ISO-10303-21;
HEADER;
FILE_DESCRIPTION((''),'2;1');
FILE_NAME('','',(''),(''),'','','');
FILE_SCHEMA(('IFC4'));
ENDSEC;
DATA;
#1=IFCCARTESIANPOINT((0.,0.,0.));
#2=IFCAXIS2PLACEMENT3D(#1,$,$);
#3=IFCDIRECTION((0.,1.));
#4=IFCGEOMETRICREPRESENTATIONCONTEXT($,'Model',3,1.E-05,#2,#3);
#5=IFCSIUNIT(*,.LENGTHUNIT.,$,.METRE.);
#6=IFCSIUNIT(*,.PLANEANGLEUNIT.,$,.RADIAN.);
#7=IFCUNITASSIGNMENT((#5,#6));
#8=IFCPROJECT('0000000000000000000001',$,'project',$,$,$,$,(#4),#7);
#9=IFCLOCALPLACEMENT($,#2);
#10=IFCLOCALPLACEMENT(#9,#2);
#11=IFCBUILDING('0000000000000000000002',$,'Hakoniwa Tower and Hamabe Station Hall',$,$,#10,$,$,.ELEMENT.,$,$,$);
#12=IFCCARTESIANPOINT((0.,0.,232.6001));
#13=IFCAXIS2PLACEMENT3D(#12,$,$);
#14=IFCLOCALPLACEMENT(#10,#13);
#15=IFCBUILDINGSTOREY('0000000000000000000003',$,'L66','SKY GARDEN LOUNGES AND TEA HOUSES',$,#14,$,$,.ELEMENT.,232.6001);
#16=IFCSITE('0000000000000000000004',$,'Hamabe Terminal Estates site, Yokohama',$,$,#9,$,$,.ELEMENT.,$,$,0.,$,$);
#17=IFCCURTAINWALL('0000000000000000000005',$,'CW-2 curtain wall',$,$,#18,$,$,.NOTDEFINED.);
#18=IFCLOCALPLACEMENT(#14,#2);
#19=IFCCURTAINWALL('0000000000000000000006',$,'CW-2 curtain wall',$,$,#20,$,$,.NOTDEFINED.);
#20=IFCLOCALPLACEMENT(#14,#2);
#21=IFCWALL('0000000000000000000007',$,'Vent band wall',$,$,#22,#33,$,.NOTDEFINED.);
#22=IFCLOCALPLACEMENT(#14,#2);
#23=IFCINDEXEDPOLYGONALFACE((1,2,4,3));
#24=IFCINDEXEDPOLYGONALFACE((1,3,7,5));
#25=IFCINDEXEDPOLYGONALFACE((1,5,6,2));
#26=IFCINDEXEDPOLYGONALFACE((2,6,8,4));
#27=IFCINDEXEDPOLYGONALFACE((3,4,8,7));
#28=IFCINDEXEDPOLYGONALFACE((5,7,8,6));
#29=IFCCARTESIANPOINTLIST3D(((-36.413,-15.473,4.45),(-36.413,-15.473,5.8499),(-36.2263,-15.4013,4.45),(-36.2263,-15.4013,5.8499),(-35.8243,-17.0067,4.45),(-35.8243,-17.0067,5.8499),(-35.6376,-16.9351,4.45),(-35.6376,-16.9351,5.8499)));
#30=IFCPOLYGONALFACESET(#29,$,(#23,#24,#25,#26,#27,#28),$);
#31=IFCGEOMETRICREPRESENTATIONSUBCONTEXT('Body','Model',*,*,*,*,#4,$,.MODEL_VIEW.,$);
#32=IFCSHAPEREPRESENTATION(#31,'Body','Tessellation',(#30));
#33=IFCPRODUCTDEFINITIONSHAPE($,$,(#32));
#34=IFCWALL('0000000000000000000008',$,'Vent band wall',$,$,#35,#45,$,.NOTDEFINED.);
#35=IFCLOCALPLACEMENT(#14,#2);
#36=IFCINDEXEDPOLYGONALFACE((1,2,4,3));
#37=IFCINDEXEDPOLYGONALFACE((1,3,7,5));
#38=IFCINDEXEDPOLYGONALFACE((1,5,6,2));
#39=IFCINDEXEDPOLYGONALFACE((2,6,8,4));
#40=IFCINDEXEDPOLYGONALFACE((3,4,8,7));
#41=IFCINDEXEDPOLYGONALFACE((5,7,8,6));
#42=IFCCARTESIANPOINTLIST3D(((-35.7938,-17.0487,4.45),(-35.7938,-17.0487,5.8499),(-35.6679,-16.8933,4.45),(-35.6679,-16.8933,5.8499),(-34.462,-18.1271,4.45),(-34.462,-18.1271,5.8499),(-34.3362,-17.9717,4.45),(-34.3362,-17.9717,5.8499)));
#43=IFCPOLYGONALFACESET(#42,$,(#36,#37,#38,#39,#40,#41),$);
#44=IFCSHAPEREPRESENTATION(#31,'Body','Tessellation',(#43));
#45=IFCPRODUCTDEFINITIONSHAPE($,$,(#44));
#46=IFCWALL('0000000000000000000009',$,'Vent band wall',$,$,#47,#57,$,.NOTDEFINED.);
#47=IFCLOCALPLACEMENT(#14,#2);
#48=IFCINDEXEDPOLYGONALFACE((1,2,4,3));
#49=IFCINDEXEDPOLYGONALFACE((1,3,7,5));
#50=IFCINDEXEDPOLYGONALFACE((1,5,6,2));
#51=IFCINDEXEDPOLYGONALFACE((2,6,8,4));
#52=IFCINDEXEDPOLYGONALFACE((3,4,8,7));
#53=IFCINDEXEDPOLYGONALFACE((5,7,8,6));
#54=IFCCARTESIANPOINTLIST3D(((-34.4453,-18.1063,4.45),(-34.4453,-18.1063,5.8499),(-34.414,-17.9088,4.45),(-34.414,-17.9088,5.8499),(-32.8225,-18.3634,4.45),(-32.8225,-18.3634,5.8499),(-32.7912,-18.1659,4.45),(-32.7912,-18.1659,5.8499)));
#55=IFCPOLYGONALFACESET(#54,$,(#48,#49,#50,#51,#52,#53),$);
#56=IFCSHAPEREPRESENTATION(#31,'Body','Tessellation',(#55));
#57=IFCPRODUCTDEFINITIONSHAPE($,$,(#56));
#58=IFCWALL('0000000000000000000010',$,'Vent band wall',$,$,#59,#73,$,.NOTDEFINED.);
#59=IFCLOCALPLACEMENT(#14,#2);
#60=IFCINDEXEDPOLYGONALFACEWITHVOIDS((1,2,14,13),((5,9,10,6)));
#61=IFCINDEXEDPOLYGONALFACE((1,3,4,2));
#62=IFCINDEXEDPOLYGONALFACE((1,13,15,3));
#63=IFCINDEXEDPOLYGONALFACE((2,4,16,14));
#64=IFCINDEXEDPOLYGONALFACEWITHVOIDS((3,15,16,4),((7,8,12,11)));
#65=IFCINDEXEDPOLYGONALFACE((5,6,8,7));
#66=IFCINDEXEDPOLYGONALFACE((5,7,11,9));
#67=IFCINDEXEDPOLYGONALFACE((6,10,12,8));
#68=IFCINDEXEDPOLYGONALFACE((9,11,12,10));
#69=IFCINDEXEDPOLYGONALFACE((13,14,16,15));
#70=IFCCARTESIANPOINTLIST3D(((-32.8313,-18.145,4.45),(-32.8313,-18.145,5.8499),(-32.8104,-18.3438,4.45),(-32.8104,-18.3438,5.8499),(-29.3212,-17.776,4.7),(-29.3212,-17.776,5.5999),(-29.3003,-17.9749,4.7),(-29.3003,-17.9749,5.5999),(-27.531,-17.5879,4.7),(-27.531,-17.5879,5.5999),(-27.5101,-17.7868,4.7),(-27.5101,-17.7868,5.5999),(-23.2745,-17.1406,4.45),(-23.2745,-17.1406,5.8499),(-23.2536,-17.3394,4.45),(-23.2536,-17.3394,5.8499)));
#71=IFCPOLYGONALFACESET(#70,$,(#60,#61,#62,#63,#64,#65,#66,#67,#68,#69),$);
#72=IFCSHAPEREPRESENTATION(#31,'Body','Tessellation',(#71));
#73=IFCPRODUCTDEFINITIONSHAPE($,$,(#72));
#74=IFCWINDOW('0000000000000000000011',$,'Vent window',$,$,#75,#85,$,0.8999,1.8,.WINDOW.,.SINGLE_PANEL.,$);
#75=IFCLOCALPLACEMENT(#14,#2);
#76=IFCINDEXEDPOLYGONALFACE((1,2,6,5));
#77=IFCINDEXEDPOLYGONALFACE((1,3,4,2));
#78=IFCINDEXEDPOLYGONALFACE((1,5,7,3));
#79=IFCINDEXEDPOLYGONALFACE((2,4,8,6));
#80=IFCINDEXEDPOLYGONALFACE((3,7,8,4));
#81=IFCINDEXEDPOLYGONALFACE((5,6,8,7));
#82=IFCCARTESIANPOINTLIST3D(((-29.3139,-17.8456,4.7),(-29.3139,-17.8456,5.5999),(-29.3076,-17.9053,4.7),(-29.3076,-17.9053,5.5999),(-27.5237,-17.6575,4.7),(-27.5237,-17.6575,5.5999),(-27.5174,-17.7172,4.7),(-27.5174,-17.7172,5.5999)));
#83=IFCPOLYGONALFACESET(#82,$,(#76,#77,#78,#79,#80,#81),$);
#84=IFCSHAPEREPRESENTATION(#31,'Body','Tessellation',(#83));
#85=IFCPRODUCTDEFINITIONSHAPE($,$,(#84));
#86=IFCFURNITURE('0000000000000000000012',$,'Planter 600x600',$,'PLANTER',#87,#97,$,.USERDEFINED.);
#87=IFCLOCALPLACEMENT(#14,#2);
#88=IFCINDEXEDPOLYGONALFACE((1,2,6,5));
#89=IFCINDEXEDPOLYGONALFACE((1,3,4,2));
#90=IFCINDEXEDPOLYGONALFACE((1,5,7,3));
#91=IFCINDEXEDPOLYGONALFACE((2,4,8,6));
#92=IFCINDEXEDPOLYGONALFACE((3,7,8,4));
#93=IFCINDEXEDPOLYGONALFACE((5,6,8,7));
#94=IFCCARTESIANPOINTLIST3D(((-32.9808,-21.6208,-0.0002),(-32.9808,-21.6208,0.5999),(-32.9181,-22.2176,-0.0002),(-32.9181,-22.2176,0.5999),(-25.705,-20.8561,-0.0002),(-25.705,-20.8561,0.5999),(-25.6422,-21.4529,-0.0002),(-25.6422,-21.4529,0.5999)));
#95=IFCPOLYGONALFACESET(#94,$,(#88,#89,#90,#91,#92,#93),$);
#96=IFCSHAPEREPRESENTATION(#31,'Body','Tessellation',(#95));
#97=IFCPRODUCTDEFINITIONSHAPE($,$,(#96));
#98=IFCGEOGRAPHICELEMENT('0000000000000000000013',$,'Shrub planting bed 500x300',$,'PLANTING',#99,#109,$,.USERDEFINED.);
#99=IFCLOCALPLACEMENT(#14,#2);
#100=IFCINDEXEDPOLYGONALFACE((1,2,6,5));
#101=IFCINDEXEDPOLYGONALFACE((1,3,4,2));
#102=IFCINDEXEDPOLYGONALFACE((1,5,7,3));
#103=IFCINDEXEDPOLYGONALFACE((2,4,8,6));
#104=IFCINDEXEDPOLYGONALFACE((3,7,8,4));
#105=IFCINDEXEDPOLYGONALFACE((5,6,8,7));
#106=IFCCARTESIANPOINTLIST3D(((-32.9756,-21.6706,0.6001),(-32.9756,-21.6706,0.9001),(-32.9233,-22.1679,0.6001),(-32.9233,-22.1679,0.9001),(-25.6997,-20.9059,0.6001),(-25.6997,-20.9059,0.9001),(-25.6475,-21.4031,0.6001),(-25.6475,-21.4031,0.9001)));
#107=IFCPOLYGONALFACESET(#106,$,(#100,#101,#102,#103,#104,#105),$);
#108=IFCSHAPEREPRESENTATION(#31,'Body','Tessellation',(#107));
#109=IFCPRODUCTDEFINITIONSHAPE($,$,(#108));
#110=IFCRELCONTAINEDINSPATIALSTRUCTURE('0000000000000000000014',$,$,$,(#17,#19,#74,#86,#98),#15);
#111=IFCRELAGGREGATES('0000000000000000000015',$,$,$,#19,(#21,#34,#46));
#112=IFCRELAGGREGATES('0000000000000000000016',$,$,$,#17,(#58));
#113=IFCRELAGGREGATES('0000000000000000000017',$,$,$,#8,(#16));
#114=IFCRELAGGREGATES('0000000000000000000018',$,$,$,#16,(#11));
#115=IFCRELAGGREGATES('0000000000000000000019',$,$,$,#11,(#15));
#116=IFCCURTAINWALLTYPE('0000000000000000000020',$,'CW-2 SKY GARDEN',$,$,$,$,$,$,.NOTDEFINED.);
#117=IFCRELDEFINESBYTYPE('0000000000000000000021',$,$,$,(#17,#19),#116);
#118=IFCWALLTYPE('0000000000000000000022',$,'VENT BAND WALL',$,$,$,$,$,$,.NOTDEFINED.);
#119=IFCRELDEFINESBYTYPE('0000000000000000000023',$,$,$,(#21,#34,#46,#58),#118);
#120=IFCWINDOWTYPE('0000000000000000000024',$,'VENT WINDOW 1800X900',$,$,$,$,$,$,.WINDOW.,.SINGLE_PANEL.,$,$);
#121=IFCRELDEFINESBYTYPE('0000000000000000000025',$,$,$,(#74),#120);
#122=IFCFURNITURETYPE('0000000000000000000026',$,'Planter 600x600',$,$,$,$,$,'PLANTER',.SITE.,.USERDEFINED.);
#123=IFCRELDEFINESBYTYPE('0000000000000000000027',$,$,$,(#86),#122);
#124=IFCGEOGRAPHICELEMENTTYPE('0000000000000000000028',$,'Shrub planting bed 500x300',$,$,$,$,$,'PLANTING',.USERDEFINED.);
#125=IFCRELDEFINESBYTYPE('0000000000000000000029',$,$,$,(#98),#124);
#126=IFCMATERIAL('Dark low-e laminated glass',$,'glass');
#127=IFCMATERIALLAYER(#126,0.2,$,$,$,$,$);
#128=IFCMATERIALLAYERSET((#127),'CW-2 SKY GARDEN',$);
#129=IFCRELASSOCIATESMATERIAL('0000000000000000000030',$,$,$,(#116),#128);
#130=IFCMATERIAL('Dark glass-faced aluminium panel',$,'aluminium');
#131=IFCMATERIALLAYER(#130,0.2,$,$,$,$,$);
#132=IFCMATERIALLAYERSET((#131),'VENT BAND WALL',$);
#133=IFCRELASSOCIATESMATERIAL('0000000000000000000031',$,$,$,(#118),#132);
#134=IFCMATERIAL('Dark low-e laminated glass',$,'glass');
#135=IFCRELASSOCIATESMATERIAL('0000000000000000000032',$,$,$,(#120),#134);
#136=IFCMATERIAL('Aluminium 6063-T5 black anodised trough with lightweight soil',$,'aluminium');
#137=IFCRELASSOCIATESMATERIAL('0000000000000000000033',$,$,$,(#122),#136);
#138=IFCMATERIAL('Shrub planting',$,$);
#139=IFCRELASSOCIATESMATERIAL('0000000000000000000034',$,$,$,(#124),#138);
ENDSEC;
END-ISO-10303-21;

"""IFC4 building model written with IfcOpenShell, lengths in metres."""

from ifc_helpers import new_model, si_unit, direction, frame, frame_2d, origin, origin_2d, place, context, subcontext, project, spatial, rectangle, extrude, material, layer, layer_set, type_object, element, fill, aggregate, save


model = new_model("IFC4")

# Units and contexts
model_context = context("Model", 3, precision=1e-05, world=origin(), true_north=direction((0.0, 1.0)))
body_context = subcontext(model_context, "Body", "Model", "MODEL_VIEW")
ifc_project = project(units=[si_unit("LENGTHUNIT", "METRE"), si_unit("PLANEANGLEUNIT", "RADIAN")], contexts=[model_context])

# Site, building, storey
site_placement = place(None, origin())
site = spatial("IfcSite", under=ifc_project, at=site_placement, Name="Hamabe Terminal Estates site, Yokohama", CompositionType="ELEMENT", RefElevation=0.0)
building_placement = place(site_placement, origin())
building = spatial("IfcBuilding", under=site, at=building_placement, Name="Hakoniwa Tower and Hamabe Station Hall", CompositionType="ELEMENT")
storey_placement = place(building_placement, frame((0.0, 0.0, 232.6001)))
storey = spatial("IfcBuildingStorey", under=building, at=storey_placement, Name="L66", Description="SKY GARDEN LOUNGES AND TEA HOUSES", CompositionType="ELEMENT", Elevation=232.6001)

# Curtain wall
ifc_material_1 = material(Name="Dark low-e laminated glass", Category="glass")
ifc_layer_1 = layer(ifc_material_1, 0.2)
ifc_layer_set_1 = layer_set([ifc_layer_1], Name="CW-2 SKY GARDEN")
curtain_wall_type = type_object("IfcCurtainWallType", Name="CW-2 SKY GARDEN", PredefinedType="NOTDEFINED", material=ifc_layer_set_1)
curtain_wall_1_placement = place(storey_placement, origin())
curtain_wall_1 = element("IfcCurtainWall", 1, at=curtain_wall_1_placement, inside=storey, type_object=curtain_wall_type, Name="CW-2 curtain wall", PredefinedType="NOTDEFINED")

# Shared definitions
ifc_material_2 = material(Name="Dark glass-faced aluminium panel", Category="aluminium")
ifc_layer_2 = layer(ifc_material_2, 0.2)
ifc_layer_set_2 = layer_set([ifc_layer_2], Name="VENT BAND WALL")
wall_type_1 = type_object("IfcWallType", Name="VENT BAND WALL", PredefinedType="NOTDEFINED", material=ifc_layer_set_2)
ifc_material_3 = material(Name="Dark low-e laminated glass", Category="glass")
window_type = type_object("IfcWindowType", Name="VENT WINDOW 1800X900", PartitioningType="SINGLE_PANEL", PredefinedType="WINDOW", material=ifc_material_3)

# Curtain wall, walls
curtain_wall_2_placement = place(storey_placement, origin())
curtain_wall_2 = element("IfcCurtainWall", 2, at=curtain_wall_2_placement, inside=storey, type_object=curtain_wall_type, Name="CW-2 curtain wall", PredefinedType="NOTDEFINED")
wall_1_placement = place(storey_placement, frame((-36.3196, -15.4373, 4.45), z_axis=(0.0, 0.0, 1.0), x_axis=(0.358312, -0.933602, 0.0)))
wall_1 = element("IfcWall", 3, at=wall_1_placement, type_object=wall_type_1, Name="Vent band wall", PredefinedType="NOTDEFINED", context=body_context, shape_type="SweptSolid", body=[
    extrude(rectangle(XDim=1.6428, YDim=0.2, at=frame_2d((0.8213, 0.0))), origin(), (0.0, 0.0, 1.0), 1.3999),
])
wall_2_placement = place(storey_placement, frame((-35.731, -16.9709, 4.45), z_axis=(0.0, 0.0, 1.0), x_axis=(0.777172, -0.629288, 0.0)))
wall_2 = element("IfcWall", 4, at=wall_2_placement, type_object=wall_type_1, Name="Vent band wall", PredefinedType="NOTDEFINED", context=body_context, shape_type="SweptSolid", body=[
    extrude(rectangle(XDim=1.7136, YDim=0.2, at=frame_2d((0.8569, 0.0))), origin(), (0.0, 0.0, 1.0), 1.3999),
])
wall_3_placement = place(storey_placement, frame((-34.4297, -18.0076, 4.45), z_axis=(0.0, 0.0, 1.0), x_axis=(0.987683, -0.156466, 0.0)))
wall_3 = element("IfcWall", 5, at=wall_3_placement, type_object=wall_type_1, Name="Vent band wall", PredefinedType="NOTDEFINED", context=body_context, shape_type="SweptSolid", body=[
    extrude(rectangle(XDim=1.6431, YDim=0.2, at=frame_2d((0.8215, 0.0))), origin(), (0.0, 0.0, 1.0), 1.3999),
])
aggregate(curtain_wall_2, [wall_1, wall_2, wall_3])

# Wall, opening, window
wall_4_placement = place(storey_placement, frame((-32.8208, -18.2444, 4.45), z_axis=(0.0, 0.0, 1.0), x_axis=(0.994522, 0.104523, 0.0)))
wall_4 = element("IfcWall", 6, at=wall_4_placement, type_object=wall_type_1, Name="Vent band wall", PredefinedType="NOTDEFINED", context=body_context, shape_type="SweptSolid", body=[
    extrude(rectangle(XDim=9.6094, YDim=0.2, at=frame_2d((4.8047, 0.0))), origin(), (0.0, 0.0, 1.0), 1.3999),
])
opening_1_placement = place(wall_4_placement, frame((3.5295, 0.0, 0.25)))
opening_1 = element("IfcOpeningElement", 7, at=opening_1_placement, cuts=wall_4, PredefinedType="OPENING", context=body_context, shape_type="SweptSolid", body=[
    extrude(rectangle(XDim=1.8, YDim=0.8999, at=frame_2d((0.8999, 0.45))), frame((0.0, 0.1099, 0.0), z_axis=(0.0, -1.0, 0.0), x_axis=(1.0, 0.0, 0.0)), (0.0, 0.0, 1.0), 0.22),
])
window_1_placement = place(opening_1_placement, origin())
window_1 = element("IfcWindow", 8, at=window_1_placement, inside=storey, type_object=window_type, Name="Vent window", OverallHeight=0.8999, OverallWidth=1.8, PartitioningType="SINGLE_PANEL", PredefinedType="WINDOW", context=body_context, shape_type="SweptSolid", body=[
    extrude(rectangle(XDim=1.8, YDim=0.8999, at=frame_2d((0.8999, 0.45))), frame((0.0, 0.03, 0.0), z_axis=(0.0, -1.0, 0.0), x_axis=(1.0, 0.0, 0.0)), (0.0, 0.0, 1.0), 0.0601),
])
fill(opening_1, window_1)
aggregate(curtain_wall_1, [wall_4])

# Furniture
ifc_material_4 = material(Name="Aluminium 6063-T5 black anodised trough with lightweight soil", Category="aluminium")
furniture_type = type_object("IfcFurnitureType", Name="Planter 600x600", ElementType="PLANTER", AssemblyPlace="SITE", PredefinedType="USERDEFINED", material=ifc_material_4)
furniture_placement = place(storey_placement, frame((-29.3115, -21.5369, -0.0002), z_axis=(0.0, 0.0, 1.0), x_axis=(0.994522, 0.104528, 0.0)))
element("IfcFurniture", 9, at=furniture_placement, inside=storey, type_object=furniture_type, Name="Planter 600x600", ObjectType="PLANTER", PredefinedType="USERDEFINED", context=body_context, shape_type="SweptSolid", body=[
    extrude(rectangle(XDim=7.3159, YDim=0.6001, at=origin_2d()), origin(), (0.0, 0.0, 1.0), 0.6001),
])

# Geographic element
ifc_material_5 = material(Name="Shrub planting")
geographic_element_type = type_object("IfcGeographicElementType", Name="Shrub planting bed 500x300", ElementType="PLANTING", PredefinedType="USERDEFINED", material=ifc_material_5)
geographic_element_placement = place(storey_placement, frame((-29.3115, -21.5369, 0.6001), z_axis=(0.0, 0.0, 1.0), x_axis=(0.994522, 0.104528, 0.0)))
element("IfcGeographicElement", 10, at=geographic_element_placement, inside=storey, type_object=geographic_element_type, Name="Shrub planting bed 500x300", ObjectType="PLANTING", PredefinedType="USERDEFINED", context=body_context, shape_type="SweptSolid", body=[
    extrude(rectangle(XDim=7.3159, YDim=0.5, at=origin_2d()), origin(), (0.0, 0.0, 1.0), 0.3),
])

save(model, "model.ifc")
